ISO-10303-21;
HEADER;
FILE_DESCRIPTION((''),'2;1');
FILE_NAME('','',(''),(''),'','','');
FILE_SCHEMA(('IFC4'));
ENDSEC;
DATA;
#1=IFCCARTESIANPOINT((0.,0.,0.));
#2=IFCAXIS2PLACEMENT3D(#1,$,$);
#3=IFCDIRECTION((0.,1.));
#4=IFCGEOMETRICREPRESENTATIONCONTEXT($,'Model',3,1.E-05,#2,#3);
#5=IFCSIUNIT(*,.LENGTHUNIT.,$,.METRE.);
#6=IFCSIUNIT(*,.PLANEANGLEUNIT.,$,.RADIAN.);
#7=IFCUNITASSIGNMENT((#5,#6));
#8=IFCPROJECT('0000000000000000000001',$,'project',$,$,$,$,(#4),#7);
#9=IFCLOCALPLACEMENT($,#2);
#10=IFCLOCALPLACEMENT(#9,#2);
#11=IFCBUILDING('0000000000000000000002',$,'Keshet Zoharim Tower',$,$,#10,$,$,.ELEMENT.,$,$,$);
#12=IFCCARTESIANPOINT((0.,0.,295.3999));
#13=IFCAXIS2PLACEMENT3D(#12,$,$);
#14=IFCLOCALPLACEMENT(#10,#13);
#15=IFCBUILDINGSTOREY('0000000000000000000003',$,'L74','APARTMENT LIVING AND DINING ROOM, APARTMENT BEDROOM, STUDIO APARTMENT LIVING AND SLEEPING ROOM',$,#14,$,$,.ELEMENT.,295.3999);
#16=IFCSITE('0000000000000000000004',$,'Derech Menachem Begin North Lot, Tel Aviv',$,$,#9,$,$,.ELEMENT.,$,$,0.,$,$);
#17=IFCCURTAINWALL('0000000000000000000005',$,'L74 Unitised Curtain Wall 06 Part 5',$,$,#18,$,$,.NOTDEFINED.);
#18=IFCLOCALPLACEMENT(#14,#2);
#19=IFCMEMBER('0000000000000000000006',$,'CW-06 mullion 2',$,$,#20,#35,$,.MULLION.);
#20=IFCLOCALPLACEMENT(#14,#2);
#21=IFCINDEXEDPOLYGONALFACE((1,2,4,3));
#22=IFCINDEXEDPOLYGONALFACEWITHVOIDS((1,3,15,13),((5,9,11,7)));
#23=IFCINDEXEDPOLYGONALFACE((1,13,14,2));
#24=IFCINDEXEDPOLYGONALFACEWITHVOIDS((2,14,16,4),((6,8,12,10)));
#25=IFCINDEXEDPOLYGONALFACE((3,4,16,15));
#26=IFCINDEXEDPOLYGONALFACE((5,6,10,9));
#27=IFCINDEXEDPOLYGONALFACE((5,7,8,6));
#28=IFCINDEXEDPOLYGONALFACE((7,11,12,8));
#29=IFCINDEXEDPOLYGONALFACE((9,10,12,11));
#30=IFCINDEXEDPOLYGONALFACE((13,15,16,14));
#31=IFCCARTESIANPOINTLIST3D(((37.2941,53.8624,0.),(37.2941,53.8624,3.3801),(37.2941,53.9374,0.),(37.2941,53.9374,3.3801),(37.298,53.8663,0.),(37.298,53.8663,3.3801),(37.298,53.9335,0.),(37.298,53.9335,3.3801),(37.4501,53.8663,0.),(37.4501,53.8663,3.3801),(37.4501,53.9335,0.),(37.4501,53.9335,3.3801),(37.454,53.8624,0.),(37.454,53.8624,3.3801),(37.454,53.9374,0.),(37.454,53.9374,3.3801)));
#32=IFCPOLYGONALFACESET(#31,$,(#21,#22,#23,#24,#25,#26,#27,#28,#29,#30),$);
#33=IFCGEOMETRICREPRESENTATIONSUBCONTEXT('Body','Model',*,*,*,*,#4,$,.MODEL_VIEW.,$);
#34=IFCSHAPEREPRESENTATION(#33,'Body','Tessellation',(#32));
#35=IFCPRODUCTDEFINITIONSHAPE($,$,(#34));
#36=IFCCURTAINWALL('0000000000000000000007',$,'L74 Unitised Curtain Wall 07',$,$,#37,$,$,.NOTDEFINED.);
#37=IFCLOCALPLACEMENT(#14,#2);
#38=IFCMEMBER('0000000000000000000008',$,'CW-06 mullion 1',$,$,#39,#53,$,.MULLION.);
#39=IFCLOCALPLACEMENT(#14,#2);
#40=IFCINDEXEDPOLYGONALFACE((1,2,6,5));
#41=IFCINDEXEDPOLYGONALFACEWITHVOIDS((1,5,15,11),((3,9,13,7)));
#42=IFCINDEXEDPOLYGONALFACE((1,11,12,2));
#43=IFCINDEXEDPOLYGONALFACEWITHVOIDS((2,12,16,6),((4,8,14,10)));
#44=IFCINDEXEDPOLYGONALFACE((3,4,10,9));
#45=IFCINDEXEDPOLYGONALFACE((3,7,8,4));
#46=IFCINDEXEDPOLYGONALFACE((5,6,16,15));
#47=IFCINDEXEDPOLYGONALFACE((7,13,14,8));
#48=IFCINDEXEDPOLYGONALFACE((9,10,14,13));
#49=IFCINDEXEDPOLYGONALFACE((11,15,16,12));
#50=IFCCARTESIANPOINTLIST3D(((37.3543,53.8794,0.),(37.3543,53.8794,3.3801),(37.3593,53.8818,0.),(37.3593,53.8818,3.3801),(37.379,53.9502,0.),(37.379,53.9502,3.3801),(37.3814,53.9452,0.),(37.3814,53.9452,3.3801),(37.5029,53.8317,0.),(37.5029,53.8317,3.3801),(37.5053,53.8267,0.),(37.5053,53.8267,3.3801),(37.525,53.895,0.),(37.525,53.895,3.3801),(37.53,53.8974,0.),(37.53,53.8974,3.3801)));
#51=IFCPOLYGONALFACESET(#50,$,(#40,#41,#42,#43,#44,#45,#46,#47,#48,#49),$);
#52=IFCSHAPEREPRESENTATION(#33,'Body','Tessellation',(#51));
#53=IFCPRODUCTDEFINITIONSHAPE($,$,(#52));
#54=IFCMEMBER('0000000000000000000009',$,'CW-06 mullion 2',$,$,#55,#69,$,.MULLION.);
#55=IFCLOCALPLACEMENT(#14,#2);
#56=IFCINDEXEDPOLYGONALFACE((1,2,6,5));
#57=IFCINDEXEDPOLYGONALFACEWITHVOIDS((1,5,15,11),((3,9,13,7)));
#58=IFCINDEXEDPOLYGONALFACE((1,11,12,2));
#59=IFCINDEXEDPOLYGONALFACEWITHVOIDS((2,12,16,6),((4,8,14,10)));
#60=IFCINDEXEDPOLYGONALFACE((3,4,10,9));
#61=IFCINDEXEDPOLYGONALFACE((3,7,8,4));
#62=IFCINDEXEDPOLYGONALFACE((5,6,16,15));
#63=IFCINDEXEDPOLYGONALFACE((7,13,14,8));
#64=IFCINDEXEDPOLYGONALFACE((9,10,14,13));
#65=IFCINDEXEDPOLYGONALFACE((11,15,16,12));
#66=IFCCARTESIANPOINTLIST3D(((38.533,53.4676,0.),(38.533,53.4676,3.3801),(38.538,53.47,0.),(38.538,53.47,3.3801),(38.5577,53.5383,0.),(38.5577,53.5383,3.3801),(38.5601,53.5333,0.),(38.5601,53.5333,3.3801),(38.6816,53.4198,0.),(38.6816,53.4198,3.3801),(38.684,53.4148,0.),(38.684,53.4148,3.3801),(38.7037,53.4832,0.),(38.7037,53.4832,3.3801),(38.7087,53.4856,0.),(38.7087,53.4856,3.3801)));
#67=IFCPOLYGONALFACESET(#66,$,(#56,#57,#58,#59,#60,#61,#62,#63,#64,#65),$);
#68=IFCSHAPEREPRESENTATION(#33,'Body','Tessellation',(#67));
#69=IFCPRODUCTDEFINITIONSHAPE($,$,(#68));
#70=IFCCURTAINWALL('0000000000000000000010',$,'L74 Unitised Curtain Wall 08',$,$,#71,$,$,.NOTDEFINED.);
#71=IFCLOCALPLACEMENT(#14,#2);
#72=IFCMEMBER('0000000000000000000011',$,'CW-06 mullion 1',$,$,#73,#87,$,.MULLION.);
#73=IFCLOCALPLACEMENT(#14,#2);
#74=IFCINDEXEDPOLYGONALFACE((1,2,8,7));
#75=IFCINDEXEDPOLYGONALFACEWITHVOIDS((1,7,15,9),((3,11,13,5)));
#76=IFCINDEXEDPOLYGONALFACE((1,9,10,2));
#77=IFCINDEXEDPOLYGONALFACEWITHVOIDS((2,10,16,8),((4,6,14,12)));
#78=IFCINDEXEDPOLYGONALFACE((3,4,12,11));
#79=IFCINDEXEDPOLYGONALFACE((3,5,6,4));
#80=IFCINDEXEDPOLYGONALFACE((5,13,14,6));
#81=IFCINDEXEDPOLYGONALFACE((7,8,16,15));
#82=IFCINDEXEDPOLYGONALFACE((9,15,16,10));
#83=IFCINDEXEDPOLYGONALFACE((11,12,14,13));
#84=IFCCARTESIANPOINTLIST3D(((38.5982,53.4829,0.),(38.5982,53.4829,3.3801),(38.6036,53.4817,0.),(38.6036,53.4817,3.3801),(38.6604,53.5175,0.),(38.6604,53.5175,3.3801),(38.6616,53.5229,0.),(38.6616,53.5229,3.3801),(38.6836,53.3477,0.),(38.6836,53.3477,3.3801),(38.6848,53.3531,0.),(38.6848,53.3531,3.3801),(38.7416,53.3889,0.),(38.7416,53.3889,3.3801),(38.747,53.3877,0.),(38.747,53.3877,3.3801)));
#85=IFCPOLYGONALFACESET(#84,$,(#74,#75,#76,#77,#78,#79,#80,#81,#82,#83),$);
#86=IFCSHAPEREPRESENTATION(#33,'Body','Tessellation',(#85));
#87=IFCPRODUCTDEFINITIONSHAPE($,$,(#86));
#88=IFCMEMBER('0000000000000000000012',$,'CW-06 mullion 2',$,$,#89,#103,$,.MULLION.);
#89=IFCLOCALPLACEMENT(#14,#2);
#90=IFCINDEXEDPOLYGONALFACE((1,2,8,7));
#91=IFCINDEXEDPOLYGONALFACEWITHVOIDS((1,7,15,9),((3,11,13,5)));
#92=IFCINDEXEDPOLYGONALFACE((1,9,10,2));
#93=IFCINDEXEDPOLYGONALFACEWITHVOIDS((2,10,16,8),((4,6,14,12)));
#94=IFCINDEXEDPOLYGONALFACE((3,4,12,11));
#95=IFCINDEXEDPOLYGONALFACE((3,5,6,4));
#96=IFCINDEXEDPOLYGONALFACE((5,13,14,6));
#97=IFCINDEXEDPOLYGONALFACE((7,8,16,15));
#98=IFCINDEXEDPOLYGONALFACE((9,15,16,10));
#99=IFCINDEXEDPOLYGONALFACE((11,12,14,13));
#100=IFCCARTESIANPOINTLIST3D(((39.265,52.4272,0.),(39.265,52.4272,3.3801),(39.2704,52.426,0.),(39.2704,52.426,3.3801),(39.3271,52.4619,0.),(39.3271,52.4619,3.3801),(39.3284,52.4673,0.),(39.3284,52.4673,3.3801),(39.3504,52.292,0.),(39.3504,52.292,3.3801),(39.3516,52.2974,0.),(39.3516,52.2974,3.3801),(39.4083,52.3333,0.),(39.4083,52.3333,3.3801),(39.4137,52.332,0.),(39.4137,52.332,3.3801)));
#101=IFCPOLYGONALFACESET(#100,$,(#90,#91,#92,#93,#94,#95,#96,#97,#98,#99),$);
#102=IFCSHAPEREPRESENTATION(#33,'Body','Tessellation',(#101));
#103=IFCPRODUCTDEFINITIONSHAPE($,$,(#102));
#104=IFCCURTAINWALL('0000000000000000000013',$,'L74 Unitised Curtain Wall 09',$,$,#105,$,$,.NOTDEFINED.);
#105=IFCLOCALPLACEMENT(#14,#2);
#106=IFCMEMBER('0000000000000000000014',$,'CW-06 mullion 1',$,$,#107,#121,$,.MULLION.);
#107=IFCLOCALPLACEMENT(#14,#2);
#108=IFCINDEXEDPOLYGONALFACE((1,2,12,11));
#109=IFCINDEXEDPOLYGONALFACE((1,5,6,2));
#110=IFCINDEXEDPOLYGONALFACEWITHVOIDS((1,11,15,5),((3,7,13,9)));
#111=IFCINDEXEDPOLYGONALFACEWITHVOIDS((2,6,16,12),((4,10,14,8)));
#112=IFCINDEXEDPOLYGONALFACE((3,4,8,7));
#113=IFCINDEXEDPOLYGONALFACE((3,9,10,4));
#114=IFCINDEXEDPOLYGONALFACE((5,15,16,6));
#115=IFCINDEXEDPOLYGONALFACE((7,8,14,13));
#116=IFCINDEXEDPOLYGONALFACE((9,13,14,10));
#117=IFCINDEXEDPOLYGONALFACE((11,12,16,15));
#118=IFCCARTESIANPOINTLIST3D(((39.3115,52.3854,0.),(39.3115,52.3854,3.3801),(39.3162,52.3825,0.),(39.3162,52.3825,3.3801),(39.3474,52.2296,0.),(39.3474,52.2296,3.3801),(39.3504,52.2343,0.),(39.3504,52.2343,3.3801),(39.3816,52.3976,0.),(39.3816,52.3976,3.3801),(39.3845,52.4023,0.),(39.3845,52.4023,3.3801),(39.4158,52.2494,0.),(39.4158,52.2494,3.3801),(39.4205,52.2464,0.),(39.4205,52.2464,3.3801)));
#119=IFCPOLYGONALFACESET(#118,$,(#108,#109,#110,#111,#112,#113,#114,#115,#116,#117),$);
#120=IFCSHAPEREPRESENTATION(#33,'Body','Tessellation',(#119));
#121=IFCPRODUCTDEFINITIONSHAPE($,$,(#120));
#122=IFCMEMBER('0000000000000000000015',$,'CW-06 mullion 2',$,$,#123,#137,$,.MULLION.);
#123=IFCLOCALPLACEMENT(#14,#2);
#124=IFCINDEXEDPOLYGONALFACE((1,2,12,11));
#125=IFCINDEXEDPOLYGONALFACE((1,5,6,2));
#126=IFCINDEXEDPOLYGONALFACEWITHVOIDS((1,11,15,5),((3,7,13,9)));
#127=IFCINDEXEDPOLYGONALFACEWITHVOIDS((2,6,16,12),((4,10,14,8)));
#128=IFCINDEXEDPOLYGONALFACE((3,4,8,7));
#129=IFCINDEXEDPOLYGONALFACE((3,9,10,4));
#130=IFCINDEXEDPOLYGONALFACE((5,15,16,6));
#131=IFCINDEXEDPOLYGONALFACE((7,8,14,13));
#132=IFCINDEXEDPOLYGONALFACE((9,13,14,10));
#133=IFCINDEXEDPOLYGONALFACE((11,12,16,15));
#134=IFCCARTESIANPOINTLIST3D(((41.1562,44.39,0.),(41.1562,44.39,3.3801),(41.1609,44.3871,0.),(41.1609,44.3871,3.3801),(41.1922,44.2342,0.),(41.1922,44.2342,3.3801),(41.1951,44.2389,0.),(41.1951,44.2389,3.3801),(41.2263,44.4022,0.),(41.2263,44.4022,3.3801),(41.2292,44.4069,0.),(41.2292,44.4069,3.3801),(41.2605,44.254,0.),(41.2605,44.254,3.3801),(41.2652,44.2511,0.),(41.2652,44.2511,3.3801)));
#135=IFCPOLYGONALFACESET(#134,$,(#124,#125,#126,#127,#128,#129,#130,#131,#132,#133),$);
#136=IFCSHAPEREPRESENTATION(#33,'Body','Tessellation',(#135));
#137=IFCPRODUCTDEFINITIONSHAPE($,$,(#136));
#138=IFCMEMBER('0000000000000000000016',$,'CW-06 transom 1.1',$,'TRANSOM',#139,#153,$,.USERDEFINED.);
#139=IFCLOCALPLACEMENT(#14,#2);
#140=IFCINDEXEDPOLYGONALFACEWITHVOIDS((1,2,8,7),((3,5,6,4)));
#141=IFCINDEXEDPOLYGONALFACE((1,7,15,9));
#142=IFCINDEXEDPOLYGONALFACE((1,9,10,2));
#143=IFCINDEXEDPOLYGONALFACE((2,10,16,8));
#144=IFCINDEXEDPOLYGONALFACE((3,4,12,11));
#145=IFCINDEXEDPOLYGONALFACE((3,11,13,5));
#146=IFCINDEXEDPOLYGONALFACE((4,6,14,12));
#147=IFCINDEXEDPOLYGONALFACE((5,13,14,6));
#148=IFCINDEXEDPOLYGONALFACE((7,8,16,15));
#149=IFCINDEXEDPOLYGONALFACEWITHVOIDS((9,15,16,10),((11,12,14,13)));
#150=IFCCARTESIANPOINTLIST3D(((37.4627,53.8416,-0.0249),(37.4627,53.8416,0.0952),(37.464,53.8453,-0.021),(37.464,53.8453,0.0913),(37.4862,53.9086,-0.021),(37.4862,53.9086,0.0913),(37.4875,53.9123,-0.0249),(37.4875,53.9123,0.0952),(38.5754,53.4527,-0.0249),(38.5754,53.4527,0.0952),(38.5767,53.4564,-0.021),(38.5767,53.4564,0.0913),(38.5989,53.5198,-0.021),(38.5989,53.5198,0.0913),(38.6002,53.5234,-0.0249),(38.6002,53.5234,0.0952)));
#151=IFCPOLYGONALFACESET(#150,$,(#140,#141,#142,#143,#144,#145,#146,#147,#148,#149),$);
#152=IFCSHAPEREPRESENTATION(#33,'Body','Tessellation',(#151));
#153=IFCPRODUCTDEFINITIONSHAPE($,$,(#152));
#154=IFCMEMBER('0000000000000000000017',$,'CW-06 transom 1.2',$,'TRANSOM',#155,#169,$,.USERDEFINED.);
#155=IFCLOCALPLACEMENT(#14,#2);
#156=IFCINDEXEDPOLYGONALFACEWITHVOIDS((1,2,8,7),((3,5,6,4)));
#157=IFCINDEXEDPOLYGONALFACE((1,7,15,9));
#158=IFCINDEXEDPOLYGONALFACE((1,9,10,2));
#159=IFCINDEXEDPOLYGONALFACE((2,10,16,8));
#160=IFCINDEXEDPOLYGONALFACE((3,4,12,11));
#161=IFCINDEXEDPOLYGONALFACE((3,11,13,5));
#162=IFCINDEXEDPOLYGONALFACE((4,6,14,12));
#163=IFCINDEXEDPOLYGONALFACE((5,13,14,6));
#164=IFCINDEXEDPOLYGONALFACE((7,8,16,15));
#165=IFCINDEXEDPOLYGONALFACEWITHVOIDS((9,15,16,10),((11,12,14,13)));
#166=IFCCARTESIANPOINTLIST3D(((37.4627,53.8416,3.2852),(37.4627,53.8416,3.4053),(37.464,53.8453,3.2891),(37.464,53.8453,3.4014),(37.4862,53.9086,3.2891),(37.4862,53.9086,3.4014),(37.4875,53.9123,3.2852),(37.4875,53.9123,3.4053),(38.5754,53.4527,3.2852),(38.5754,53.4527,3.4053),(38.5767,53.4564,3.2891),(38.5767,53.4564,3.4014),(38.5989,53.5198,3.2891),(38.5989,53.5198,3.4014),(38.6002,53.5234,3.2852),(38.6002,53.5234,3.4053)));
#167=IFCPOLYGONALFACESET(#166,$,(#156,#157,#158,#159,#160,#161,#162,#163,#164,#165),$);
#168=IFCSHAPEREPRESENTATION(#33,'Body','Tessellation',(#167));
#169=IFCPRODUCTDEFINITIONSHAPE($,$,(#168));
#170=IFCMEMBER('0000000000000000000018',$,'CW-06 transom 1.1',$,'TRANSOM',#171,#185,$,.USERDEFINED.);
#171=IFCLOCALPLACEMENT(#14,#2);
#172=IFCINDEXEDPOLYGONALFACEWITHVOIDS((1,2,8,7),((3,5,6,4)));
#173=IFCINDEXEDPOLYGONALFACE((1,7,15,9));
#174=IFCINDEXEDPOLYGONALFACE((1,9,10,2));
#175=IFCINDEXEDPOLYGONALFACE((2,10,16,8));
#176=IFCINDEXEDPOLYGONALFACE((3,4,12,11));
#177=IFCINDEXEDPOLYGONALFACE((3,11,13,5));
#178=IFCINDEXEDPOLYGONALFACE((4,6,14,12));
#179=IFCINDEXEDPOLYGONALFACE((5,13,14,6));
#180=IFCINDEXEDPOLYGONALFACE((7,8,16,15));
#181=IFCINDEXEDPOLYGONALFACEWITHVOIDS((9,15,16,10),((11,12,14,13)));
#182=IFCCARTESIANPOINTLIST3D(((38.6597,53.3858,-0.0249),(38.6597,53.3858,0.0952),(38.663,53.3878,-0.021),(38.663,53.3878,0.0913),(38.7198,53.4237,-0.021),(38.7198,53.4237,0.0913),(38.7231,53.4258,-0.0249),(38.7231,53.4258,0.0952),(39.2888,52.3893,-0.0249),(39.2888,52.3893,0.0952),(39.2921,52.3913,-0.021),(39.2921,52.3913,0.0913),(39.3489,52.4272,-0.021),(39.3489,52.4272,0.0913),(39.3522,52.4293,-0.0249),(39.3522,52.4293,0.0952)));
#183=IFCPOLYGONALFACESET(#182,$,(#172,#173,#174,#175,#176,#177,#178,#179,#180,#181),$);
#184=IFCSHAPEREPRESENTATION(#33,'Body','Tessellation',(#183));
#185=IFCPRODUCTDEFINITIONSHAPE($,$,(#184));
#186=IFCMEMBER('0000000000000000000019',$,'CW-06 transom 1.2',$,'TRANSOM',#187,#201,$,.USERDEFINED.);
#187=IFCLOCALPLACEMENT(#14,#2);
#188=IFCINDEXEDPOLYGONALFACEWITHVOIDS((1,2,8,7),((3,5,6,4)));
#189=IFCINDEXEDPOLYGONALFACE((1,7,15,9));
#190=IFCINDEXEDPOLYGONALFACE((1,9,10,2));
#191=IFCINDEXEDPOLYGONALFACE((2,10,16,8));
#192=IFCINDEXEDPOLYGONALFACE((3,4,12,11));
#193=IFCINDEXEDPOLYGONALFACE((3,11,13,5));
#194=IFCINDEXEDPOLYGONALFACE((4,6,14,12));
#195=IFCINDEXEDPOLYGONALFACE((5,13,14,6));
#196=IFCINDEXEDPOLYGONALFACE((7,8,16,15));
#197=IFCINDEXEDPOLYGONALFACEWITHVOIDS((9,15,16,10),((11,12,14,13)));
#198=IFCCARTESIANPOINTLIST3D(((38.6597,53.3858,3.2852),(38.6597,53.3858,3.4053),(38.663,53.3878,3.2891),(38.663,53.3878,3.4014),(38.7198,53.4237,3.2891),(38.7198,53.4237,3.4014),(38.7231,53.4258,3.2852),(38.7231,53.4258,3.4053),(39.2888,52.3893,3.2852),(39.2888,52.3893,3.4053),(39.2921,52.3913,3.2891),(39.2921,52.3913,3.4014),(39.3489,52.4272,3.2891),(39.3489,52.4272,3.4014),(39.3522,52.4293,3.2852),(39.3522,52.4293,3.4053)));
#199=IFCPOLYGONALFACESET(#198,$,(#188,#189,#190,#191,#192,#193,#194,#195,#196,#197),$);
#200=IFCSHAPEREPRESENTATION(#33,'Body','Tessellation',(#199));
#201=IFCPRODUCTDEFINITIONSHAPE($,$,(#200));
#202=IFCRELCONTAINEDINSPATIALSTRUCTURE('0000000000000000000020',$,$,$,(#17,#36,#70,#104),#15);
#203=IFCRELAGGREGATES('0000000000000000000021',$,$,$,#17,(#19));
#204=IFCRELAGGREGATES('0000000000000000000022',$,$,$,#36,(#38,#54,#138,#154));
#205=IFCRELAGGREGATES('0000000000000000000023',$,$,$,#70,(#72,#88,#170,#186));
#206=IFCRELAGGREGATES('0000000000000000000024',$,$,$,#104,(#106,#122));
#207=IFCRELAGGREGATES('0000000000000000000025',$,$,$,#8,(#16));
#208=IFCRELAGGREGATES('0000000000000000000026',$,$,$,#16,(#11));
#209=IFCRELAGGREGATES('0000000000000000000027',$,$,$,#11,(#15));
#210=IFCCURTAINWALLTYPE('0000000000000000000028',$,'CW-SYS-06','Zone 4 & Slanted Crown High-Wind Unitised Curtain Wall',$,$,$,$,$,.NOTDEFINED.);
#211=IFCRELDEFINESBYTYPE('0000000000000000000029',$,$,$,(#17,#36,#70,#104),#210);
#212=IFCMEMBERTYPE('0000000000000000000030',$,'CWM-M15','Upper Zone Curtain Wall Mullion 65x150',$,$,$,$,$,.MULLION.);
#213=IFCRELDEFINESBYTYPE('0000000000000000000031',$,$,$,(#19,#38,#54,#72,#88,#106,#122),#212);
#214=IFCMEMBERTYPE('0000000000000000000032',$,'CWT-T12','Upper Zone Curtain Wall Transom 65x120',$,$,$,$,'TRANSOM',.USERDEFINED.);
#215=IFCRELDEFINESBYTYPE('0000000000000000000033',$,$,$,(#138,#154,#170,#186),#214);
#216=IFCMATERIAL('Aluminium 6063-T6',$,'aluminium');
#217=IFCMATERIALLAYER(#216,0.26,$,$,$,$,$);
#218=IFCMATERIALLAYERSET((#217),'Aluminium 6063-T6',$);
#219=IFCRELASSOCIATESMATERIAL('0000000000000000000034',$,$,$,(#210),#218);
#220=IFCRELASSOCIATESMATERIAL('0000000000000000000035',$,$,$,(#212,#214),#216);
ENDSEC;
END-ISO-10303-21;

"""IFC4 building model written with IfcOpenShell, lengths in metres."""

from ifc_helpers import new_model, si_unit, direction, frame, origin, origin_2d, place, context, subcontext, project, spatial, hollow_rectangle, extrude, material, layer, layer_set, material_profile, profile_set, type_object, element, aggregate, save


model = new_model("IFC4")

# Units and contexts
model_context = context("Model", 3, precision=1e-05, world=origin(), true_north=direction((0.0, 1.0)))
body_context = subcontext(model_context, "Body", "Model", "MODEL_VIEW")
ifc_project = project(units=[si_unit("LENGTHUNIT", "METRE"), si_unit("PLANEANGLEUNIT", "RADIAN")], contexts=[model_context])

# Site, building, storey
site_placement = place(None, origin())
site = spatial("IfcSite", under=ifc_project, at=site_placement, Name="Derech Menachem Begin North Lot, Tel Aviv", CompositionType="ELEMENT", RefElevation=0.0)
building_placement = place(site_placement, origin())
building = spatial("IfcBuilding", under=site, at=building_placement, Name="Keshet Zoharim Tower", CompositionType="ELEMENT")
storey_placement = place(building_placement, frame((0.0, 0.0, 295.3999)))
storey = spatial("IfcBuildingStorey", under=building, at=storey_placement, Name="L74", Description="APARTMENT LIVING AND DINING ROOM, APARTMENT BEDROOM, STUDIO APARTMENT LIVING AND SLEEPING ROOM", CompositionType="ELEMENT", Elevation=295.3999)

# Curtain wall, member
ifc_material_1 = material(Name="Aluminium 6063-T6", Category="aluminium")
ifc_layer_1 = layer(ifc_material_1, 0.26)
ifc_layer_set_1 = layer_set([ifc_layer_1], Name="Aluminium 6063-T6")
curtain_wall_type = type_object("IfcCurtainWallType", Name="CW-SYS-06", Description="Zone 4 & Slanted Crown High-Wind Unitised Curtain Wall", PredefinedType="NOTDEFINED", material=ifc_layer_set_1)
curtain_wall_1_placement = place(storey_placement, origin())
curtain_wall_1 = element("IfcCurtainWall", 1, at=curtain_wall_1_placement, inside=storey, type_object=curtain_wall_type, Name="L74 Unitised Curtain Wall 06 Part 5", PredefinedType="NOTDEFINED")
ifc_material_profile_1 = material_profile(ifc_material_1, hollow_rectangle(XDim=0.075, YDim=0.1599, WallThickness=0.0039, at=origin_2d()), Name="MUL-75x160")
ifc_profile_set_1 = profile_set([ifc_material_profile_1], Name="Aluminium 6063-T6")
member_type_1 = type_object("IfcMemberType", Name="CWM-M15", Description="Upper Zone Curtain Wall Mullion 65x150", PredefinedType="MULLION", material=ifc_profile_set_1)
member_1_placement = place(storey_placement, frame((37.374, 53.8999, 0.0), z_axis=(0.0, 0.0, 1.0), x_axis=(0.0, 1.0, 0.0)))
member_1 = element("IfcMember", 2, at=member_1_placement, type_object=member_type_1, Name="CW-06 mullion 2", PredefinedType="MULLION", context=body_context, shape_type="SweptSolid", body=[
    extrude(hollow_rectangle(XDim=0.075, YDim=0.1599, WallThickness=0.0039, at=origin_2d()), origin(), (0.0, 0.0, 1.0), 3.3801),
])
aggregate(curtain_wall_1, [member_1])

# Curtain walls, members
curtain_wall_2_placement = place(storey_placement, origin())
curtain_wall_2 = element("IfcCurtainWall", 3, at=curtain_wall_2_placement, inside=storey, type_object=curtain_wall_type, Name="L74 Unitised Curtain Wall 07", PredefinedType="NOTDEFINED")
member_2_placement = place(storey_placement, frame((37.4421, 53.8884, 0.0), z_axis=(0.0, 0.0, 1.0), x_axis=(0.329844, 0.944036, 0.0)))
member_2 = element("IfcMember", 4, at=member_2_placement, type_object=member_type_1, Name="CW-06 mullion 1", PredefinedType="MULLION", context=body_context, shape_type="SweptSolid", body=[
    extrude(hollow_rectangle(XDim=0.075, YDim=0.1599, WallThickness=0.0039, at=origin_2d()), origin(), (0.0, 0.0, 1.0), 3.3801),
])
member_3_placement = place(storey_placement, frame((38.6208, 53.4766, 0.0), z_axis=(0.0, 0.0, 1.0), x_axis=(0.329844, 0.944036, 0.0)))
member_3 = element("IfcMember", 5, at=member_3_placement, type_object=member_type_1, Name="CW-06 mullion 2", PredefinedType="MULLION", context=body_context, shape_type="SweptSolid", body=[
    extrude(hollow_rectangle(XDim=0.075, YDim=0.1599, WallThickness=0.0039, at=origin_2d()), origin(), (0.0, 0.0, 1.0), 3.3801),
])
curtain_wall_3_placement = place(storey_placement, origin())
curtain_wall_3 = element("IfcCurtainWall", 6, at=curtain_wall_3_placement, inside=storey, type_object=curtain_wall_type, Name="L74 Unitised Curtain Wall 08", PredefinedType="NOTDEFINED")
member_4_placement = place(storey_placement, frame((38.6726, 53.4353, 0.0), z_axis=(0.0, 0.0, 1.0), x_axis=(0.845561, 0.533879, 0.0)))
member_4 = element("IfcMember", 7, at=member_4_placement, type_object=member_type_1, Name="CW-06 mullion 1", PredefinedType="MULLION", context=body_context, shape_type="SweptSolid", body=[
    extrude(hollow_rectangle(XDim=0.075, YDim=0.1599, WallThickness=0.0039, at=origin_2d()), origin(), (0.0, 0.0, 1.0), 3.3801),
])
member_5_placement = place(storey_placement, frame((39.3394, 52.3796, 0.0), z_axis=(0.0, 0.0, 1.0), x_axis=(0.845561, 0.533879, 0.0)))
member_5 = element("IfcMember", 8, at=member_5_placement, type_object=member_type_1, Name="CW-06 mullion 2", PredefinedType="MULLION", context=body_context, shape_type="SweptSolid", body=[
    extrude(hollow_rectangle(XDim=0.075, YDim=0.1599, WallThickness=0.0039, at=origin_2d()), origin(), (0.0, 0.0, 1.0), 3.3801),
])
curtain_wall_4_placement = place(storey_placement, origin())
curtain_wall_4 = element("IfcCurtainWall", 9, at=curtain_wall_4_placement, inside=storey, type_object=curtain_wall_type, Name="L74 Unitised Curtain Wall 09", PredefinedType="NOTDEFINED")
member_6_placement = place(storey_placement, frame((39.366, 52.3159, 0.0), z_axis=(0.0, 0.0, 1.0), x_axis=(0.974398, 0.22483, 0.0)))
member_6 = element("IfcMember", 10, at=member_6_placement, type_object=member_type_1, Name="CW-06 mullion 1", PredefinedType="MULLION", context=body_context, shape_type="SweptSolid", body=[
    extrude(hollow_rectangle(XDim=0.075, YDim=0.1599, WallThickness=0.0039, at=origin_2d()), origin(), (0.0, 0.0, 1.0), 3.3801),
])
member_7_placement = place(storey_placement, frame((41.2107, 44.3206, 0.0), z_axis=(0.0, 0.0, 1.0), x_axis=(0.974398, 0.22483, 0.0)))
member_7 = element("IfcMember", 11, at=member_7_placement, type_object=member_type_1, Name="CW-06 mullion 2", PredefinedType="MULLION", context=body_context, shape_type="SweptSolid", body=[
    extrude(hollow_rectangle(XDim=0.075, YDim=0.1599, WallThickness=0.0039, at=origin_2d()), origin(), (0.0, 0.0, 1.0), 3.3801),
])

# Members
ifc_material_profile_2 = material_profile(ifc_material_1, hollow_rectangle(XDim=0.075, YDim=0.1201, WallThickness=0.0039, at=origin_2d()), Name="TRN-75x120")
ifc_profile_set_2 = profile_set([ifc_material_profile_2], Name="Aluminium 6063-T6")
member_type_2 = type_object("IfcMemberType", Name="CWT-T12", Description="Upper Zone Curtain Wall Transom 65x120", ElementType="TRANSOM", PredefinedType="USERDEFINED", material=ifc_profile_set_2)
member_8_placement = place(storey_placement, frame((37.4751, 53.877, 0.0352), z_axis=(0.944007, -0.329926, 0.0), x_axis=(0.329926, 0.944007, 0.0)))
member_8 = element("IfcMember", 12, at=member_8_placement, type_object=member_type_2, Name="CW-06 transom 1.1", ObjectType="TRANSOM", PredefinedType="USERDEFINED", context=body_context, shape_type="SweptSolid", body=[
    extrude(hollow_rectangle(XDim=0.075, YDim=0.1201, WallThickness=0.0039, at=origin_2d()), origin(), (0.0, 0.0, 1.0), 1.1787),
])
member_9_placement = place(storey_placement, frame((37.4751, 53.877, 3.3452), z_axis=(0.944007, -0.329926, 0.0), x_axis=(0.329926, 0.944007, 0.0)))
member_9 = element("IfcMember", 13, at=member_9_placement, type_object=member_type_2, Name="CW-06 transom 1.2", ObjectType="TRANSOM", PredefinedType="USERDEFINED", context=body_context, shape_type="SweptSolid", body=[
    extrude(hollow_rectangle(XDim=0.075, YDim=0.1201, WallThickness=0.0039, at=origin_2d()), origin(), (0.0, 0.0, 1.0), 1.1787),
])
member_10_placement = place(storey_placement, frame((38.6914, 53.4058, 0.0352), z_axis=(0.533829, -0.845592, 0.0), x_axis=(0.845592, 0.533829, 0.0)))
member_10 = element("IfcMember", 14, at=member_10_placement, type_object=member_type_2, Name="CW-06 transom 1.1", ObjectType="TRANSOM", PredefinedType="USERDEFINED", context=body_context, shape_type="SweptSolid", body=[
    extrude(hollow_rectangle(XDim=0.075, YDim=0.1201, WallThickness=0.0039, at=origin_2d()), origin(), (0.0, 0.0, 1.0), 1.1785),
])
member_11_placement = place(storey_placement, frame((38.6914, 53.4058, 3.3452), z_axis=(0.533829, -0.845592, 0.0), x_axis=(0.845592, 0.533829, 0.0)))
member_11 = element("IfcMember", 15, at=member_11_placement, type_object=member_type_2, Name="CW-06 transom 1.2", ObjectType="TRANSOM", PredefinedType="USERDEFINED", context=body_context, shape_type="SweptSolid", body=[
    extrude(hollow_rectangle(XDim=0.075, YDim=0.1201, WallThickness=0.0039, at=origin_2d()), origin(), (0.0, 0.0, 1.0), 1.1785),
])

aggregate(curtain_wall_2, [member_2, member_3, member_8, member_9])
aggregate(curtain_wall_3, [member_4, member_5, member_10, member_11])
aggregate(curtain_wall_4, [member_6, member_7])

save(model, "model.ifc")
